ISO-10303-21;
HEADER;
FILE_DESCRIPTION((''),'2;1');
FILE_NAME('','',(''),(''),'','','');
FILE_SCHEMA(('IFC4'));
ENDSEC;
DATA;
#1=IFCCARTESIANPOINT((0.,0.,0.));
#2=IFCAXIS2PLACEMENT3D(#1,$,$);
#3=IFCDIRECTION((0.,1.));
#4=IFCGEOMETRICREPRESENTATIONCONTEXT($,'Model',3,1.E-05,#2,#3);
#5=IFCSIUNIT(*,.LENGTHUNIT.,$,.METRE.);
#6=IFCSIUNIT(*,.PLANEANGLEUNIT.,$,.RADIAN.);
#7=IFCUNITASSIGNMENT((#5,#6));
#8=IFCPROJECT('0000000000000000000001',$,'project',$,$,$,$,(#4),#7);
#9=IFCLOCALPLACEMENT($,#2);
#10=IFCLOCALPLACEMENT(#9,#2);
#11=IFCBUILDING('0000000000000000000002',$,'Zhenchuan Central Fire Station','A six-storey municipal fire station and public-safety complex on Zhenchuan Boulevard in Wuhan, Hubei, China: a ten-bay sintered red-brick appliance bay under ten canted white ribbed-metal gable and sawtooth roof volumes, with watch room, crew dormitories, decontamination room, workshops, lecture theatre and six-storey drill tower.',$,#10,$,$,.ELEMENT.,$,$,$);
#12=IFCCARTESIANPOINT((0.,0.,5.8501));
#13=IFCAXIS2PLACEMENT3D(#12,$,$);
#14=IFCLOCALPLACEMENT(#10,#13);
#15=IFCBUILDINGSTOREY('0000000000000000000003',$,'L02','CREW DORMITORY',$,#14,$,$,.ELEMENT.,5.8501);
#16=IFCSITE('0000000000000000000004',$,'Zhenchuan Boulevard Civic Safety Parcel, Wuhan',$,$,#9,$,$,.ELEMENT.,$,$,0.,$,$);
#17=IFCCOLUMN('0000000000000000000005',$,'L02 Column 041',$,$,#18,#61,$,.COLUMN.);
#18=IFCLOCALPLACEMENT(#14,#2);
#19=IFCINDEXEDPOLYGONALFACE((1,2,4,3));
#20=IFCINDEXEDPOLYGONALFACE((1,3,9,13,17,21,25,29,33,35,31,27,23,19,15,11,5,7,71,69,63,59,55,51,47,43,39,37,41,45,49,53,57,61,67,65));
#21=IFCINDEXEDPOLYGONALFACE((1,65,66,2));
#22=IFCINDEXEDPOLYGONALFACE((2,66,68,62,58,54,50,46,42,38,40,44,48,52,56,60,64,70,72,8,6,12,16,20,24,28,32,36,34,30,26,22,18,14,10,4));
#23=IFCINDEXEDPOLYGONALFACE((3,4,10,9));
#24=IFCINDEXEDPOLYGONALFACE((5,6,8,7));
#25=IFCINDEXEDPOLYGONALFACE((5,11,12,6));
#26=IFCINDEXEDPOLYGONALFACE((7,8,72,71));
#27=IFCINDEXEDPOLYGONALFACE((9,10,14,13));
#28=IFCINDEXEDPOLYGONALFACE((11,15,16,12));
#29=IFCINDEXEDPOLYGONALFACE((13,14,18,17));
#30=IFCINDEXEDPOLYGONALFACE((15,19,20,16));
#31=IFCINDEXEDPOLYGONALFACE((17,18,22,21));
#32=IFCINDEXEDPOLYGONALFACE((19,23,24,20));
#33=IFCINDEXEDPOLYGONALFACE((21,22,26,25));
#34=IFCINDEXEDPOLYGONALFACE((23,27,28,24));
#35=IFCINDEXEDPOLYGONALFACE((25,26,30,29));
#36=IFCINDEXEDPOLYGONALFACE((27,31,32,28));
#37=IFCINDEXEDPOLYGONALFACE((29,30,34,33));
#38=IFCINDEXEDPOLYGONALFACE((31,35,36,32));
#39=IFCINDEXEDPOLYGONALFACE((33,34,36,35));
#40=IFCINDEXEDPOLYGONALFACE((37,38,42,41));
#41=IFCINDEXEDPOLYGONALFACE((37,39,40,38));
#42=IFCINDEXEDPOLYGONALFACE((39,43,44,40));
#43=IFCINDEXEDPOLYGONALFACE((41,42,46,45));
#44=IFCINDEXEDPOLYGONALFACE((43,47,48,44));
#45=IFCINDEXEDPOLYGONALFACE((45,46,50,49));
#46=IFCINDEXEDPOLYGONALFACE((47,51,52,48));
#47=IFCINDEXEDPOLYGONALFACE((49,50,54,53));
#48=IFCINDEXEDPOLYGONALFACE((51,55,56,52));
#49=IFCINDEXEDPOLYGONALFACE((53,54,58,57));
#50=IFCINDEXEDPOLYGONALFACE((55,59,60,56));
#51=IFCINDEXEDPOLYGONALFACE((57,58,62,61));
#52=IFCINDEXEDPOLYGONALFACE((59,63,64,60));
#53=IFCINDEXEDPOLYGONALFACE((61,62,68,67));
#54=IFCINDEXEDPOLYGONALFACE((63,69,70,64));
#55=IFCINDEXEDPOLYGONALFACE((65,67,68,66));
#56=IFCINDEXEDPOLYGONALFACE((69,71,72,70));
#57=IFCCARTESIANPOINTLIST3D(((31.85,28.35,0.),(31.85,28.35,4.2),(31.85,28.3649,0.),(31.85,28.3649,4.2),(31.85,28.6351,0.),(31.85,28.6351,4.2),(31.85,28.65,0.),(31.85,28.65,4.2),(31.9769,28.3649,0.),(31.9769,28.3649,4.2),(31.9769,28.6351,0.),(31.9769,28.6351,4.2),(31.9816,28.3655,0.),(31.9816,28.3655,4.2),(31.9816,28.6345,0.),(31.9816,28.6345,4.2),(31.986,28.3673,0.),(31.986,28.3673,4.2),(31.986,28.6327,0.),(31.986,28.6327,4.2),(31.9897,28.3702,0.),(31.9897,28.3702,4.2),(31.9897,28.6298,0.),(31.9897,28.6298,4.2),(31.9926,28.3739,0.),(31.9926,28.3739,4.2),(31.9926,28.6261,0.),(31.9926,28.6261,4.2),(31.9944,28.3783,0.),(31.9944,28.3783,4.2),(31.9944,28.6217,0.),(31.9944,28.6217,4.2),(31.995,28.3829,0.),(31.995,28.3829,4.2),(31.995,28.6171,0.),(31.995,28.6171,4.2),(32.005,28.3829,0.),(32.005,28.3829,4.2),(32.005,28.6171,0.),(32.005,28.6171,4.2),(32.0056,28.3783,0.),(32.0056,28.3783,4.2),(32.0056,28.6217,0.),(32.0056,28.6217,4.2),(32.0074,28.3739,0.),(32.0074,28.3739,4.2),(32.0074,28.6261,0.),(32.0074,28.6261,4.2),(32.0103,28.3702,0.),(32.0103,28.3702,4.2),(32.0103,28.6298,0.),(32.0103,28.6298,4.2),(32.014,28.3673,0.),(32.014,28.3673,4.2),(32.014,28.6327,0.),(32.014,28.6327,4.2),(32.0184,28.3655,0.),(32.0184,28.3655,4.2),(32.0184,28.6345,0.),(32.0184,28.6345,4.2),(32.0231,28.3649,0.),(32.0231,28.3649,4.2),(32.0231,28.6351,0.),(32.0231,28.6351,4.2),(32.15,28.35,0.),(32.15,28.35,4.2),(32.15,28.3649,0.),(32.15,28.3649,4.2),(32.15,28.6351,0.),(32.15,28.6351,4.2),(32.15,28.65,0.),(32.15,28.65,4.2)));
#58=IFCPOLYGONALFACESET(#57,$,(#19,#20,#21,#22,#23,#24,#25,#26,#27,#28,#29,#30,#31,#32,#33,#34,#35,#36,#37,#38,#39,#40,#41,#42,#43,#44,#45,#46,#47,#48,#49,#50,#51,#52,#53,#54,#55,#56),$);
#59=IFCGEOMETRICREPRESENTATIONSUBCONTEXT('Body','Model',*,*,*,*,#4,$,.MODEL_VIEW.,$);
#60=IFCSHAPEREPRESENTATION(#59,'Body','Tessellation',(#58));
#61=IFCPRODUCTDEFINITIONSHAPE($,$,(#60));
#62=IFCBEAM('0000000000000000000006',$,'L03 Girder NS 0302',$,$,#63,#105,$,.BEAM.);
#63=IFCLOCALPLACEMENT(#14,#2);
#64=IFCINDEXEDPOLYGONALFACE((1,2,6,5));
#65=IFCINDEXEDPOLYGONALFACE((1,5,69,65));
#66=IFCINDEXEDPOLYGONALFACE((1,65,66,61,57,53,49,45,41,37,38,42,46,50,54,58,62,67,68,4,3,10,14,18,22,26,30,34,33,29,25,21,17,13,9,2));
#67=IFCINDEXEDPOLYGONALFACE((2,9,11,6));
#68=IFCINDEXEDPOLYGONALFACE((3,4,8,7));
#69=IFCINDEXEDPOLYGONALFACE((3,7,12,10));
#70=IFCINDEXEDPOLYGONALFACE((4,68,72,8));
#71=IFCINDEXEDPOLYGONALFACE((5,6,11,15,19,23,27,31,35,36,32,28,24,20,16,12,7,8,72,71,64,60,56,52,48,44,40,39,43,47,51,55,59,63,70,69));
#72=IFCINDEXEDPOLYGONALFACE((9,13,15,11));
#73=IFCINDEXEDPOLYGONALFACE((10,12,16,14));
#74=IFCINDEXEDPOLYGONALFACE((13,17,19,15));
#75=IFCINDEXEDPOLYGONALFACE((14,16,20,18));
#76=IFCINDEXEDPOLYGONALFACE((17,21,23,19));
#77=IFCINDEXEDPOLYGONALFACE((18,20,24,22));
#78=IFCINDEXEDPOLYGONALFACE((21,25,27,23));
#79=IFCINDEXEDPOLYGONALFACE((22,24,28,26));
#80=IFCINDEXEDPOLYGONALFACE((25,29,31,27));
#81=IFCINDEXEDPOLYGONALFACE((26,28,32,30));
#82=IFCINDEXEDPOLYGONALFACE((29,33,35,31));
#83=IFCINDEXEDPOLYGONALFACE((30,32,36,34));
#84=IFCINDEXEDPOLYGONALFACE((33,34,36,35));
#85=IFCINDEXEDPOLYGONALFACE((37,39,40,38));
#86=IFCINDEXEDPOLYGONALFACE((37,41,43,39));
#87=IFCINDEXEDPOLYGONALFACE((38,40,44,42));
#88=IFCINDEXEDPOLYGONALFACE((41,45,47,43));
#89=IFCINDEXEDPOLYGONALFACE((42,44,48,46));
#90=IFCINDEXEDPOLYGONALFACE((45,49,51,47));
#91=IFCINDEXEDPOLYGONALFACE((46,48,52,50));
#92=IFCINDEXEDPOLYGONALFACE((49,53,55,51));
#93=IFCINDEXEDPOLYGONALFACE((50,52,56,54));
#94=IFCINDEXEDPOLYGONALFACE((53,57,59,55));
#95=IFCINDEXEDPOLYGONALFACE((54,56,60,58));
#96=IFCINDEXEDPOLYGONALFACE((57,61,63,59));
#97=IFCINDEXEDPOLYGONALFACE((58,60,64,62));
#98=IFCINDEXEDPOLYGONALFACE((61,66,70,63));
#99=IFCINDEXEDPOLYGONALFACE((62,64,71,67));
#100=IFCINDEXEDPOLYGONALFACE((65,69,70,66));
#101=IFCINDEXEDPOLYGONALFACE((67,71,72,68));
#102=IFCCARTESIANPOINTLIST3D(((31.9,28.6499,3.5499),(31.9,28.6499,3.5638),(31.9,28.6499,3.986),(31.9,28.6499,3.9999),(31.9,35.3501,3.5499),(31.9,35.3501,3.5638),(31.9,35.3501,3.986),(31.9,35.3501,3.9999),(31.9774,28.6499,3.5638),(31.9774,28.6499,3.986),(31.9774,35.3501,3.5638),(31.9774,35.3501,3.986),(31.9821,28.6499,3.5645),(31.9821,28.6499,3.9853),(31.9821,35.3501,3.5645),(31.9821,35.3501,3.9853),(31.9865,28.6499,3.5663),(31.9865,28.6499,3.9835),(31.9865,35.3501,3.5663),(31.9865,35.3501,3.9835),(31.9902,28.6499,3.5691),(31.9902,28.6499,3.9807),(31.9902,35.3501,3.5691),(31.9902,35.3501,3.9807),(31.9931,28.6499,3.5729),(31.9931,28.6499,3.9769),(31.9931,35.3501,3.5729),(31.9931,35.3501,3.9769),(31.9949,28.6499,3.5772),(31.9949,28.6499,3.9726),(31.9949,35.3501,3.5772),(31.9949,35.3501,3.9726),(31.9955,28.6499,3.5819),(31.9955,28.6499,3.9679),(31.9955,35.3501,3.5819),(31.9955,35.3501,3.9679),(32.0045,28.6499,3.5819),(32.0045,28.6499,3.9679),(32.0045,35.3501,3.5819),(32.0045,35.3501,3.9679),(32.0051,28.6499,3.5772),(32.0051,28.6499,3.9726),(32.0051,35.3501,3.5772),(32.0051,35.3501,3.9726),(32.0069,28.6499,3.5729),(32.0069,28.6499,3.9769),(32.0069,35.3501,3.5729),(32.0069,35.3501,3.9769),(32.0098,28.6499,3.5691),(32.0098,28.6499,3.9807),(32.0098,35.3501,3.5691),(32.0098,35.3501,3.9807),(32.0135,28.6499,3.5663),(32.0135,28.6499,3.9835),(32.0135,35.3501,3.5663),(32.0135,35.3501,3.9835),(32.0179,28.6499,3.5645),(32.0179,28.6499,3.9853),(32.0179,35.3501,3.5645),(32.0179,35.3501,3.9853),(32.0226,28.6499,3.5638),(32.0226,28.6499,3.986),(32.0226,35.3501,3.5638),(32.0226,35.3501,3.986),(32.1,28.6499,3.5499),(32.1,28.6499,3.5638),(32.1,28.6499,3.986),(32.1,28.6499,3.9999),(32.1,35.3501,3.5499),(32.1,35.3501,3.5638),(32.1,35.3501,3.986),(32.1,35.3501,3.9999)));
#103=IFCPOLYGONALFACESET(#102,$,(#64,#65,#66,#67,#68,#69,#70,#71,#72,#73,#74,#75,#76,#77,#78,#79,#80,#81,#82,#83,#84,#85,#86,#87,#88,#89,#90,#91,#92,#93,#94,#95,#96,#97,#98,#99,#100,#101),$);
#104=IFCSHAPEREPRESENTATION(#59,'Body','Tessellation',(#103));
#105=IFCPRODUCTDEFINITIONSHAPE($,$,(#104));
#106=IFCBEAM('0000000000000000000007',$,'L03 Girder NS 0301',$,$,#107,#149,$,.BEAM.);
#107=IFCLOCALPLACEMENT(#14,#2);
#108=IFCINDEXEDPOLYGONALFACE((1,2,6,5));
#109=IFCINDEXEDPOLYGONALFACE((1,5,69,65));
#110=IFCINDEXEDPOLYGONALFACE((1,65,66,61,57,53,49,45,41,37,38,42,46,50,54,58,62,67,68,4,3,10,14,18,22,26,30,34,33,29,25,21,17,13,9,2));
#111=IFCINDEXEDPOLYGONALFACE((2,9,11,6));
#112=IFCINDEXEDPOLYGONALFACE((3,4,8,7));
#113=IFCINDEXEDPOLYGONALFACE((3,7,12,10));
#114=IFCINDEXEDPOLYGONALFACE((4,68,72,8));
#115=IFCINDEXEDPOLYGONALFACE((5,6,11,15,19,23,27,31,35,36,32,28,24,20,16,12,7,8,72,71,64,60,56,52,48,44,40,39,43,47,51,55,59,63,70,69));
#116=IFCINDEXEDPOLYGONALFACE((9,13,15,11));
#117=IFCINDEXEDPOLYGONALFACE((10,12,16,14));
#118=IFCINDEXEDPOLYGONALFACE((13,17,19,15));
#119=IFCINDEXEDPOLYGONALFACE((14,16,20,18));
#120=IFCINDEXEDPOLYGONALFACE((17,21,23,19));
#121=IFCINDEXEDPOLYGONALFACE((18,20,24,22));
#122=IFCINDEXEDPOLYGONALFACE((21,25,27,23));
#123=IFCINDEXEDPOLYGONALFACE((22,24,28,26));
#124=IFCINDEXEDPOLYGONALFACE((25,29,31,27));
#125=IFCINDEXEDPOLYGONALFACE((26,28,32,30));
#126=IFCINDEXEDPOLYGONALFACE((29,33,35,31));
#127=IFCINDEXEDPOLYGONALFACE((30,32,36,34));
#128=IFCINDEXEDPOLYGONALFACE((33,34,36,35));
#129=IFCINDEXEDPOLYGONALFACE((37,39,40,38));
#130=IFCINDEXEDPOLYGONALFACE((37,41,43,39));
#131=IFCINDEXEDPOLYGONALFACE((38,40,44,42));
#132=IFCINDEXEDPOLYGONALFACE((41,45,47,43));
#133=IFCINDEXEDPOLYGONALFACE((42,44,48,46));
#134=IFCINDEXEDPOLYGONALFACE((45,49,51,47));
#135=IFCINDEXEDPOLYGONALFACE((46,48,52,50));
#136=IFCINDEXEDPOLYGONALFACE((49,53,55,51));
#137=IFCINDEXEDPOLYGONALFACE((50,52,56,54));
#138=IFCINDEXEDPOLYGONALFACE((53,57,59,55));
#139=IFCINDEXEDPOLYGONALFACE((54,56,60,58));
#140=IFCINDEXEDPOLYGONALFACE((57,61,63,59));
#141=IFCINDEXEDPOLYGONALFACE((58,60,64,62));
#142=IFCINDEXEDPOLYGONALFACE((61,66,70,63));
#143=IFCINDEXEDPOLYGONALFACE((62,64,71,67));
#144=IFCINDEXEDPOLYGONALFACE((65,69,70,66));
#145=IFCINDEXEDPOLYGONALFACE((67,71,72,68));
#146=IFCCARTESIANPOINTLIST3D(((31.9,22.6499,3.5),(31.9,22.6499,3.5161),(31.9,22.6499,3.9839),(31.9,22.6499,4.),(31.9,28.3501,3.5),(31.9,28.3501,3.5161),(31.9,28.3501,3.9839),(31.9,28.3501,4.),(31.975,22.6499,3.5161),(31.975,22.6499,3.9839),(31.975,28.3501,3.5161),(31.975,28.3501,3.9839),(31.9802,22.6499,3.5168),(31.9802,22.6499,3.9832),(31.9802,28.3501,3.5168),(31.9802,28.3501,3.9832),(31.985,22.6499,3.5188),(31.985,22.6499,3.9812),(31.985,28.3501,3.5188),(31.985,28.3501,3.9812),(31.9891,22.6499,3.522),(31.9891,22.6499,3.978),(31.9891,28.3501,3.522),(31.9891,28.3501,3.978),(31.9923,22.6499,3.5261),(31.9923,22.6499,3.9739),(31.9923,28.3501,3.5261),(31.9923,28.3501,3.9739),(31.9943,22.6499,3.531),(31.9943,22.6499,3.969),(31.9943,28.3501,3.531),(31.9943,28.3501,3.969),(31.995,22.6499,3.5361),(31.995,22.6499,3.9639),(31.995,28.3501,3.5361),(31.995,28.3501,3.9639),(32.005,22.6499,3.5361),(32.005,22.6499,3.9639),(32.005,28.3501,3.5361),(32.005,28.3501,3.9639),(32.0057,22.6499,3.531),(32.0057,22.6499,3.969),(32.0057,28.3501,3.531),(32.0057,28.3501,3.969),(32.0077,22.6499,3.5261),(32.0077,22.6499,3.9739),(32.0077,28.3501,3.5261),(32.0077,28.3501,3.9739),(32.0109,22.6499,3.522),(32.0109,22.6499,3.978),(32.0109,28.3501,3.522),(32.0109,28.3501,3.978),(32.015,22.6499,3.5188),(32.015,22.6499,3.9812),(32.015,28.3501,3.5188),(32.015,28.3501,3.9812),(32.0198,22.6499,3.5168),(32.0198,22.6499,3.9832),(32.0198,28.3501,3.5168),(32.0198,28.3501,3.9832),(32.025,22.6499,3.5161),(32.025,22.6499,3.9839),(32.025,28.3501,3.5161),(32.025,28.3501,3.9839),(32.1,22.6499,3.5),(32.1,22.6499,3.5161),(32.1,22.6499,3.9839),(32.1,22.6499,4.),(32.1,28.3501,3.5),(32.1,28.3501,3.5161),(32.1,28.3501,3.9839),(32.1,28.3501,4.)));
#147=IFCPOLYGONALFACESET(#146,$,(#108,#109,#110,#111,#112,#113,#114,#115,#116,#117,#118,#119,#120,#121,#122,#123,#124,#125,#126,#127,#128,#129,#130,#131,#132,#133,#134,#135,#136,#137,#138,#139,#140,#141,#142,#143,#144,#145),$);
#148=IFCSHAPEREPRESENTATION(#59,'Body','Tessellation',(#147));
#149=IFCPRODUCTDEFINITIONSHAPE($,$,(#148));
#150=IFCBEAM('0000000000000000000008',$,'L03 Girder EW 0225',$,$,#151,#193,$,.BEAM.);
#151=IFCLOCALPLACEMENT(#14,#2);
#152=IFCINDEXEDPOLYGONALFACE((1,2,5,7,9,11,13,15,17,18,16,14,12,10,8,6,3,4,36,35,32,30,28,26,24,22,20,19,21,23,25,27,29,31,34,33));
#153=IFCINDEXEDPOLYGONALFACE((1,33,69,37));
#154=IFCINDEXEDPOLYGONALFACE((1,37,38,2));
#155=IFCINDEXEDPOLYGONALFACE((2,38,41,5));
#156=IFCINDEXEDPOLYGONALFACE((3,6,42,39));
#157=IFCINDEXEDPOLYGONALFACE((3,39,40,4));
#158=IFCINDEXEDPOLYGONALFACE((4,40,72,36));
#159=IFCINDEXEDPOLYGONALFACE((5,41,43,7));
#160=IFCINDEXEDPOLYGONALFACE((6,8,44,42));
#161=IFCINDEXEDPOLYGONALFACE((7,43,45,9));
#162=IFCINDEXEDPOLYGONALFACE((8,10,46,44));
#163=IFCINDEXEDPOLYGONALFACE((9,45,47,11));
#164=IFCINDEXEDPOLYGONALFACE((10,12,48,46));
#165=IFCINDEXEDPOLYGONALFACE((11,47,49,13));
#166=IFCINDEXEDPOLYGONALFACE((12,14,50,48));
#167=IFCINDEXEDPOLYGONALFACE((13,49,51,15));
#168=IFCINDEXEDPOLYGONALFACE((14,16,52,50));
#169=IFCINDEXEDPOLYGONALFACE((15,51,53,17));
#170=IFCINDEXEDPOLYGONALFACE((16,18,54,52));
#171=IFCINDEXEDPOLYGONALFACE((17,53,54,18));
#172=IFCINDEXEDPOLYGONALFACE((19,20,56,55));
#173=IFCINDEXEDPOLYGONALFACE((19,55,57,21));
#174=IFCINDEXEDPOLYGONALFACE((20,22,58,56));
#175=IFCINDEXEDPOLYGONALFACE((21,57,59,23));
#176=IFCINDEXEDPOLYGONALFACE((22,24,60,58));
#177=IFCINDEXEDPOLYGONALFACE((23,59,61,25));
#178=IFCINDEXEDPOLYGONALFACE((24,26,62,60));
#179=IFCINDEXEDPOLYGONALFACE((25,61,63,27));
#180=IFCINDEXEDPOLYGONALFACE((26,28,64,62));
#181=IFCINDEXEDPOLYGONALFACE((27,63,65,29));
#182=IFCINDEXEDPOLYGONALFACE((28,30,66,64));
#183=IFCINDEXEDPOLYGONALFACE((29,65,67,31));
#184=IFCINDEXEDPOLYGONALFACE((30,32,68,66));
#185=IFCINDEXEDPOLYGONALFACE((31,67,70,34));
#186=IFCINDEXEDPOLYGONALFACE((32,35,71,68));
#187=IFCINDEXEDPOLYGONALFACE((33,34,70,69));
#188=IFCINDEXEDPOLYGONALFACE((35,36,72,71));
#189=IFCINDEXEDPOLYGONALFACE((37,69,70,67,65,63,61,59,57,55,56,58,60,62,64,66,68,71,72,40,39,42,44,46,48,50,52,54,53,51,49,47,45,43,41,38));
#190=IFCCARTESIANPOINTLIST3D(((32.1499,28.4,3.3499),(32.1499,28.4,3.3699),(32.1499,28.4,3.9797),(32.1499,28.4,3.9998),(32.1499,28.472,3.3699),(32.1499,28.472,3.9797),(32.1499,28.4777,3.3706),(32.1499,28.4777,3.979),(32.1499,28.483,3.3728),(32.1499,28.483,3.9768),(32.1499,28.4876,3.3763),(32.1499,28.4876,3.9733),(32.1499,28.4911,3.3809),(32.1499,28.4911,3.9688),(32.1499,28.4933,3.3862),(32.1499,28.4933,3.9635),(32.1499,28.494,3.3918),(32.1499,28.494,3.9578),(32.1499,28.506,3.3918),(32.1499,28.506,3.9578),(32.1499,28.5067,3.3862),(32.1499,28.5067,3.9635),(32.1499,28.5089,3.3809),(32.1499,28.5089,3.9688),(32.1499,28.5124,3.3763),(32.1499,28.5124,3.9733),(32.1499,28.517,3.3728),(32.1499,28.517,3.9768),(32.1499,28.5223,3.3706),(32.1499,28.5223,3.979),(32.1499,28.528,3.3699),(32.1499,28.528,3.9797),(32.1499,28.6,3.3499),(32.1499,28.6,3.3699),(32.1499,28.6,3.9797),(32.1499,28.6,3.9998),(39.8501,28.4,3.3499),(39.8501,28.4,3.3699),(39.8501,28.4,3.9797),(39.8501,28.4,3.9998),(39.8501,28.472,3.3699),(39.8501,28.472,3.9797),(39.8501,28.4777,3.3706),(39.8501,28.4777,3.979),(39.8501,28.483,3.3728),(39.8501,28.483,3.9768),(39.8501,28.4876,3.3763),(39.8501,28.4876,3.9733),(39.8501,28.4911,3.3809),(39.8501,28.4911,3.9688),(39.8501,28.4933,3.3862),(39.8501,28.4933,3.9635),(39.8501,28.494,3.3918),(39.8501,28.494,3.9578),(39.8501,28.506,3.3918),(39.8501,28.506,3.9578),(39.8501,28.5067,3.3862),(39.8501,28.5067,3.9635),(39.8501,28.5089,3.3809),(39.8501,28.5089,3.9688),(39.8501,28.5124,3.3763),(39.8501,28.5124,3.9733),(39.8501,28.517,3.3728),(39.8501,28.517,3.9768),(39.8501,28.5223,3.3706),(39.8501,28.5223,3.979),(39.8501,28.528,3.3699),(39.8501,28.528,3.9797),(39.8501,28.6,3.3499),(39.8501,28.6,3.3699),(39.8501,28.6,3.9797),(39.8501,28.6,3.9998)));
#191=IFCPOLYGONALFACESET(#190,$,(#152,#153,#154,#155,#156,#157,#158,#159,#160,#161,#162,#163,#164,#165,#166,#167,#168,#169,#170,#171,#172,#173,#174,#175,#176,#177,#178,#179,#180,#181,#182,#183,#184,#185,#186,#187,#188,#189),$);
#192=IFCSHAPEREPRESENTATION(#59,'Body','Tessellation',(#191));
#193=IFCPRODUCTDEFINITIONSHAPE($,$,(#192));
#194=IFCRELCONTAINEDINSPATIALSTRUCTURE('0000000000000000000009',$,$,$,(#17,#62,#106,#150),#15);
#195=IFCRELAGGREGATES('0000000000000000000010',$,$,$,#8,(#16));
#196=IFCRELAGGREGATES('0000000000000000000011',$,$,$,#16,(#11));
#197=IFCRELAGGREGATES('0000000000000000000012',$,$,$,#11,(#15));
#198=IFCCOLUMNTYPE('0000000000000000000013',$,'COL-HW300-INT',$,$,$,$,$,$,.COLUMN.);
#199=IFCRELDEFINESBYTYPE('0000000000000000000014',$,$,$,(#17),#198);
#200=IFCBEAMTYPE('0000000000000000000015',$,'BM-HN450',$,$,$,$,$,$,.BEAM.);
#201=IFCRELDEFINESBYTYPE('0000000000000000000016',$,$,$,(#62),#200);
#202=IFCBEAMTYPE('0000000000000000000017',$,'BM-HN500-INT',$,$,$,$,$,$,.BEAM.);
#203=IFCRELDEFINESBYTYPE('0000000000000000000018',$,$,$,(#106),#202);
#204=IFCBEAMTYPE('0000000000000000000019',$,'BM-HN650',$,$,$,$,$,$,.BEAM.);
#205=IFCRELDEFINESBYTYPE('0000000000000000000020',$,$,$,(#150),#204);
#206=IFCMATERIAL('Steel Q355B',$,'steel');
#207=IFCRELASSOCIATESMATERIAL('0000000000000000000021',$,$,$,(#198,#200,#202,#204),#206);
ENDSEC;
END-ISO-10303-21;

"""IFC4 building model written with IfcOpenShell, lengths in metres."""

from ifc_helpers import new_model, si_unit, direction, frame, origin, origin_2d, place, context, subcontext, project, spatial, i_section, extrude, material, material_profile, profile_set, type_object, element, save


model = new_model("IFC4")

# Units and contexts
model_context = context("Model", 3, precision=1e-05, world=origin(), true_north=direction((0.0, 1.0)))
body_context = subcontext(model_context, "Body", "Model", "MODEL_VIEW")
ifc_project = project(units=[si_unit("LENGTHUNIT", "METRE"), si_unit("PLANEANGLEUNIT", "RADIAN")], contexts=[model_context])

# Site, building, storey
site_placement = place(None, origin())
site = spatial("IfcSite", under=ifc_project, at=site_placement, Name="Zhenchuan Boulevard Civic Safety Parcel, Wuhan", CompositionType="ELEMENT", RefElevation=0.0)
building_placement = place(site_placement, origin())
building = spatial("IfcBuilding", under=site, at=building_placement, Name="Zhenchuan Central Fire Station", Description="A six-storey municipal fire station and public-safety complex on Zhenchuan Boulevard in Wuhan, Hubei, China: a ten-bay sintered red-brick appliance bay under ten canted white ribbed-metal gable and sawtooth roof volumes, with watch room, crew dormitories, decontamination room, workshops, lecture theatre and six-storey drill tower.", CompositionType="ELEMENT")
storey_placement = place(building_placement, frame((0.0, 0.0, 5.8501)))
storey = spatial("IfcBuildingStorey", under=building, at=storey_placement, Name="L02", Description="CREW DORMITORY", CompositionType="ELEMENT", Elevation=5.8501)

# Column
ifc_material_1 = material(Name="Steel Q355B", Category="steel")
ifc_material_profile_1 = material_profile(ifc_material_1, i_section(OverallWidth=0.3, OverallDepth=0.3, WebThickness=0.01, FlangeThickness=0.0149, FilletRadius=0.0181, at=origin_2d()), Name="HW 300x300")
ifc_profile_set_1 = profile_set([ifc_material_profile_1], Name="Steel Q355B")
column_type = type_object("IfcColumnType", Name="COL-HW300-INT", PredefinedType="COLUMN", material=ifc_profile_set_1)
column_placement = place(storey_placement, frame((32.0, 28.5, 0.0), z_axis=(0.0, 0.0, 1.0), x_axis=(1.0, 0.0, 0.0)))
element("IfcColumn", 1, at=column_placement, inside=storey, type_object=column_type, Name="L02 Column 041", PredefinedType="COLUMN", context=body_context, shape_type="SweptSolid", body=[
    extrude(i_section(OverallWidth=0.3, OverallDepth=0.3, WebThickness=0.01, FlangeThickness=0.0149, FilletRadius=0.0181, at=origin_2d()), origin(), (0.0, 0.0, 1.0), 4.2),
])

# Beams
ifc_material_profile_2 = material_profile(ifc_material_1, i_section(OverallWidth=0.2, OverallDepth=0.45, WebThickness=0.009, FlangeThickness=0.0139, FilletRadius=0.0181, at=origin_2d()), Name="HN 450x200")
ifc_profile_set_2 = profile_set([ifc_material_profile_2], Name="Steel Q355B")
beam_type_1 = type_object("IfcBeamType", Name="BM-HN450", PredefinedType="BEAM", material=ifc_profile_set_2)
beam_1_placement = place(storey_placement, frame((32.0, 28.6499, 3.7749), z_axis=(0.0, 1.0, 0.0), x_axis=(-1.0, 0.0, 0.0)))
element("IfcBeam", 2, at=beam_1_placement, inside=storey, type_object=beam_type_1, Name="L03 Girder NS 0302", PredefinedType="BEAM", context=body_context, shape_type="SweptSolid", body=[
    extrude(i_section(OverallWidth=0.2, OverallDepth=0.45, WebThickness=0.009, FlangeThickness=0.0139, FilletRadius=0.0181, at=origin_2d()), origin(), (0.0, 0.0, 1.0), 6.7002),
])
ifc_material_profile_3 = material_profile(ifc_material_1, i_section(OverallWidth=0.2, OverallDepth=0.5, WebThickness=0.01, FlangeThickness=0.0161, FilletRadius=0.02, at=origin_2d()), Name="HN 500x200")
ifc_profile_set_3 = profile_set([ifc_material_profile_3], Name="Steel Q355B")
beam_type_2 = type_object("IfcBeamType", Name="BM-HN500-INT", PredefinedType="BEAM", material=ifc_profile_set_3)
beam_2_placement = place(storey_placement, frame((32.0, 22.6499, 3.75), z_axis=(0.0, 1.0, 0.0), x_axis=(-1.0, 0.0, 0.0)))
element("IfcBeam", 3, at=beam_2_placement, inside=storey, type_object=beam_type_2, Name="L03 Girder NS 0301", PredefinedType="BEAM", context=body_context, shape_type="SweptSolid", body=[
    extrude(i_section(OverallWidth=0.2, OverallDepth=0.5, WebThickness=0.01, FlangeThickness=0.0161, FilletRadius=0.02, at=origin_2d()), origin(), (0.0, 0.0, 1.0), 5.7002),
])
ifc_material_profile_4 = material_profile(ifc_material_1, i_section(OverallWidth=0.2, OverallDepth=0.6499, WebThickness=0.012, FlangeThickness=0.02, FilletRadius=0.022, at=origin_2d()), Name="HN 650x200")
ifc_profile_set_4 = profile_set([ifc_material_profile_4], Name="Steel Q355B")
beam_type_3 = type_object("IfcBeamType", Name="BM-HN650", PredefinedType="BEAM", material=ifc_profile_set_4)
beam_3_placement = place(storey_placement, frame((32.1499, 28.5, 3.6748), z_axis=(1.0, 0.0, 0.0), x_axis=(0.0, 1.0, 0.0)))
element("IfcBeam", 4, at=beam_3_placement, inside=storey, type_object=beam_type_3, Name="L03 Girder EW 0225", PredefinedType="BEAM", context=body_context, shape_type="SweptSolid", body=[
    extrude(i_section(OverallWidth=0.2, OverallDepth=0.6499, WebThickness=0.012, FlangeThickness=0.02, FilletRadius=0.022, at=origin_2d()), origin(), (0.0, 0.0, 1.0), 7.7002),
])

save(model, "model.ifc")
